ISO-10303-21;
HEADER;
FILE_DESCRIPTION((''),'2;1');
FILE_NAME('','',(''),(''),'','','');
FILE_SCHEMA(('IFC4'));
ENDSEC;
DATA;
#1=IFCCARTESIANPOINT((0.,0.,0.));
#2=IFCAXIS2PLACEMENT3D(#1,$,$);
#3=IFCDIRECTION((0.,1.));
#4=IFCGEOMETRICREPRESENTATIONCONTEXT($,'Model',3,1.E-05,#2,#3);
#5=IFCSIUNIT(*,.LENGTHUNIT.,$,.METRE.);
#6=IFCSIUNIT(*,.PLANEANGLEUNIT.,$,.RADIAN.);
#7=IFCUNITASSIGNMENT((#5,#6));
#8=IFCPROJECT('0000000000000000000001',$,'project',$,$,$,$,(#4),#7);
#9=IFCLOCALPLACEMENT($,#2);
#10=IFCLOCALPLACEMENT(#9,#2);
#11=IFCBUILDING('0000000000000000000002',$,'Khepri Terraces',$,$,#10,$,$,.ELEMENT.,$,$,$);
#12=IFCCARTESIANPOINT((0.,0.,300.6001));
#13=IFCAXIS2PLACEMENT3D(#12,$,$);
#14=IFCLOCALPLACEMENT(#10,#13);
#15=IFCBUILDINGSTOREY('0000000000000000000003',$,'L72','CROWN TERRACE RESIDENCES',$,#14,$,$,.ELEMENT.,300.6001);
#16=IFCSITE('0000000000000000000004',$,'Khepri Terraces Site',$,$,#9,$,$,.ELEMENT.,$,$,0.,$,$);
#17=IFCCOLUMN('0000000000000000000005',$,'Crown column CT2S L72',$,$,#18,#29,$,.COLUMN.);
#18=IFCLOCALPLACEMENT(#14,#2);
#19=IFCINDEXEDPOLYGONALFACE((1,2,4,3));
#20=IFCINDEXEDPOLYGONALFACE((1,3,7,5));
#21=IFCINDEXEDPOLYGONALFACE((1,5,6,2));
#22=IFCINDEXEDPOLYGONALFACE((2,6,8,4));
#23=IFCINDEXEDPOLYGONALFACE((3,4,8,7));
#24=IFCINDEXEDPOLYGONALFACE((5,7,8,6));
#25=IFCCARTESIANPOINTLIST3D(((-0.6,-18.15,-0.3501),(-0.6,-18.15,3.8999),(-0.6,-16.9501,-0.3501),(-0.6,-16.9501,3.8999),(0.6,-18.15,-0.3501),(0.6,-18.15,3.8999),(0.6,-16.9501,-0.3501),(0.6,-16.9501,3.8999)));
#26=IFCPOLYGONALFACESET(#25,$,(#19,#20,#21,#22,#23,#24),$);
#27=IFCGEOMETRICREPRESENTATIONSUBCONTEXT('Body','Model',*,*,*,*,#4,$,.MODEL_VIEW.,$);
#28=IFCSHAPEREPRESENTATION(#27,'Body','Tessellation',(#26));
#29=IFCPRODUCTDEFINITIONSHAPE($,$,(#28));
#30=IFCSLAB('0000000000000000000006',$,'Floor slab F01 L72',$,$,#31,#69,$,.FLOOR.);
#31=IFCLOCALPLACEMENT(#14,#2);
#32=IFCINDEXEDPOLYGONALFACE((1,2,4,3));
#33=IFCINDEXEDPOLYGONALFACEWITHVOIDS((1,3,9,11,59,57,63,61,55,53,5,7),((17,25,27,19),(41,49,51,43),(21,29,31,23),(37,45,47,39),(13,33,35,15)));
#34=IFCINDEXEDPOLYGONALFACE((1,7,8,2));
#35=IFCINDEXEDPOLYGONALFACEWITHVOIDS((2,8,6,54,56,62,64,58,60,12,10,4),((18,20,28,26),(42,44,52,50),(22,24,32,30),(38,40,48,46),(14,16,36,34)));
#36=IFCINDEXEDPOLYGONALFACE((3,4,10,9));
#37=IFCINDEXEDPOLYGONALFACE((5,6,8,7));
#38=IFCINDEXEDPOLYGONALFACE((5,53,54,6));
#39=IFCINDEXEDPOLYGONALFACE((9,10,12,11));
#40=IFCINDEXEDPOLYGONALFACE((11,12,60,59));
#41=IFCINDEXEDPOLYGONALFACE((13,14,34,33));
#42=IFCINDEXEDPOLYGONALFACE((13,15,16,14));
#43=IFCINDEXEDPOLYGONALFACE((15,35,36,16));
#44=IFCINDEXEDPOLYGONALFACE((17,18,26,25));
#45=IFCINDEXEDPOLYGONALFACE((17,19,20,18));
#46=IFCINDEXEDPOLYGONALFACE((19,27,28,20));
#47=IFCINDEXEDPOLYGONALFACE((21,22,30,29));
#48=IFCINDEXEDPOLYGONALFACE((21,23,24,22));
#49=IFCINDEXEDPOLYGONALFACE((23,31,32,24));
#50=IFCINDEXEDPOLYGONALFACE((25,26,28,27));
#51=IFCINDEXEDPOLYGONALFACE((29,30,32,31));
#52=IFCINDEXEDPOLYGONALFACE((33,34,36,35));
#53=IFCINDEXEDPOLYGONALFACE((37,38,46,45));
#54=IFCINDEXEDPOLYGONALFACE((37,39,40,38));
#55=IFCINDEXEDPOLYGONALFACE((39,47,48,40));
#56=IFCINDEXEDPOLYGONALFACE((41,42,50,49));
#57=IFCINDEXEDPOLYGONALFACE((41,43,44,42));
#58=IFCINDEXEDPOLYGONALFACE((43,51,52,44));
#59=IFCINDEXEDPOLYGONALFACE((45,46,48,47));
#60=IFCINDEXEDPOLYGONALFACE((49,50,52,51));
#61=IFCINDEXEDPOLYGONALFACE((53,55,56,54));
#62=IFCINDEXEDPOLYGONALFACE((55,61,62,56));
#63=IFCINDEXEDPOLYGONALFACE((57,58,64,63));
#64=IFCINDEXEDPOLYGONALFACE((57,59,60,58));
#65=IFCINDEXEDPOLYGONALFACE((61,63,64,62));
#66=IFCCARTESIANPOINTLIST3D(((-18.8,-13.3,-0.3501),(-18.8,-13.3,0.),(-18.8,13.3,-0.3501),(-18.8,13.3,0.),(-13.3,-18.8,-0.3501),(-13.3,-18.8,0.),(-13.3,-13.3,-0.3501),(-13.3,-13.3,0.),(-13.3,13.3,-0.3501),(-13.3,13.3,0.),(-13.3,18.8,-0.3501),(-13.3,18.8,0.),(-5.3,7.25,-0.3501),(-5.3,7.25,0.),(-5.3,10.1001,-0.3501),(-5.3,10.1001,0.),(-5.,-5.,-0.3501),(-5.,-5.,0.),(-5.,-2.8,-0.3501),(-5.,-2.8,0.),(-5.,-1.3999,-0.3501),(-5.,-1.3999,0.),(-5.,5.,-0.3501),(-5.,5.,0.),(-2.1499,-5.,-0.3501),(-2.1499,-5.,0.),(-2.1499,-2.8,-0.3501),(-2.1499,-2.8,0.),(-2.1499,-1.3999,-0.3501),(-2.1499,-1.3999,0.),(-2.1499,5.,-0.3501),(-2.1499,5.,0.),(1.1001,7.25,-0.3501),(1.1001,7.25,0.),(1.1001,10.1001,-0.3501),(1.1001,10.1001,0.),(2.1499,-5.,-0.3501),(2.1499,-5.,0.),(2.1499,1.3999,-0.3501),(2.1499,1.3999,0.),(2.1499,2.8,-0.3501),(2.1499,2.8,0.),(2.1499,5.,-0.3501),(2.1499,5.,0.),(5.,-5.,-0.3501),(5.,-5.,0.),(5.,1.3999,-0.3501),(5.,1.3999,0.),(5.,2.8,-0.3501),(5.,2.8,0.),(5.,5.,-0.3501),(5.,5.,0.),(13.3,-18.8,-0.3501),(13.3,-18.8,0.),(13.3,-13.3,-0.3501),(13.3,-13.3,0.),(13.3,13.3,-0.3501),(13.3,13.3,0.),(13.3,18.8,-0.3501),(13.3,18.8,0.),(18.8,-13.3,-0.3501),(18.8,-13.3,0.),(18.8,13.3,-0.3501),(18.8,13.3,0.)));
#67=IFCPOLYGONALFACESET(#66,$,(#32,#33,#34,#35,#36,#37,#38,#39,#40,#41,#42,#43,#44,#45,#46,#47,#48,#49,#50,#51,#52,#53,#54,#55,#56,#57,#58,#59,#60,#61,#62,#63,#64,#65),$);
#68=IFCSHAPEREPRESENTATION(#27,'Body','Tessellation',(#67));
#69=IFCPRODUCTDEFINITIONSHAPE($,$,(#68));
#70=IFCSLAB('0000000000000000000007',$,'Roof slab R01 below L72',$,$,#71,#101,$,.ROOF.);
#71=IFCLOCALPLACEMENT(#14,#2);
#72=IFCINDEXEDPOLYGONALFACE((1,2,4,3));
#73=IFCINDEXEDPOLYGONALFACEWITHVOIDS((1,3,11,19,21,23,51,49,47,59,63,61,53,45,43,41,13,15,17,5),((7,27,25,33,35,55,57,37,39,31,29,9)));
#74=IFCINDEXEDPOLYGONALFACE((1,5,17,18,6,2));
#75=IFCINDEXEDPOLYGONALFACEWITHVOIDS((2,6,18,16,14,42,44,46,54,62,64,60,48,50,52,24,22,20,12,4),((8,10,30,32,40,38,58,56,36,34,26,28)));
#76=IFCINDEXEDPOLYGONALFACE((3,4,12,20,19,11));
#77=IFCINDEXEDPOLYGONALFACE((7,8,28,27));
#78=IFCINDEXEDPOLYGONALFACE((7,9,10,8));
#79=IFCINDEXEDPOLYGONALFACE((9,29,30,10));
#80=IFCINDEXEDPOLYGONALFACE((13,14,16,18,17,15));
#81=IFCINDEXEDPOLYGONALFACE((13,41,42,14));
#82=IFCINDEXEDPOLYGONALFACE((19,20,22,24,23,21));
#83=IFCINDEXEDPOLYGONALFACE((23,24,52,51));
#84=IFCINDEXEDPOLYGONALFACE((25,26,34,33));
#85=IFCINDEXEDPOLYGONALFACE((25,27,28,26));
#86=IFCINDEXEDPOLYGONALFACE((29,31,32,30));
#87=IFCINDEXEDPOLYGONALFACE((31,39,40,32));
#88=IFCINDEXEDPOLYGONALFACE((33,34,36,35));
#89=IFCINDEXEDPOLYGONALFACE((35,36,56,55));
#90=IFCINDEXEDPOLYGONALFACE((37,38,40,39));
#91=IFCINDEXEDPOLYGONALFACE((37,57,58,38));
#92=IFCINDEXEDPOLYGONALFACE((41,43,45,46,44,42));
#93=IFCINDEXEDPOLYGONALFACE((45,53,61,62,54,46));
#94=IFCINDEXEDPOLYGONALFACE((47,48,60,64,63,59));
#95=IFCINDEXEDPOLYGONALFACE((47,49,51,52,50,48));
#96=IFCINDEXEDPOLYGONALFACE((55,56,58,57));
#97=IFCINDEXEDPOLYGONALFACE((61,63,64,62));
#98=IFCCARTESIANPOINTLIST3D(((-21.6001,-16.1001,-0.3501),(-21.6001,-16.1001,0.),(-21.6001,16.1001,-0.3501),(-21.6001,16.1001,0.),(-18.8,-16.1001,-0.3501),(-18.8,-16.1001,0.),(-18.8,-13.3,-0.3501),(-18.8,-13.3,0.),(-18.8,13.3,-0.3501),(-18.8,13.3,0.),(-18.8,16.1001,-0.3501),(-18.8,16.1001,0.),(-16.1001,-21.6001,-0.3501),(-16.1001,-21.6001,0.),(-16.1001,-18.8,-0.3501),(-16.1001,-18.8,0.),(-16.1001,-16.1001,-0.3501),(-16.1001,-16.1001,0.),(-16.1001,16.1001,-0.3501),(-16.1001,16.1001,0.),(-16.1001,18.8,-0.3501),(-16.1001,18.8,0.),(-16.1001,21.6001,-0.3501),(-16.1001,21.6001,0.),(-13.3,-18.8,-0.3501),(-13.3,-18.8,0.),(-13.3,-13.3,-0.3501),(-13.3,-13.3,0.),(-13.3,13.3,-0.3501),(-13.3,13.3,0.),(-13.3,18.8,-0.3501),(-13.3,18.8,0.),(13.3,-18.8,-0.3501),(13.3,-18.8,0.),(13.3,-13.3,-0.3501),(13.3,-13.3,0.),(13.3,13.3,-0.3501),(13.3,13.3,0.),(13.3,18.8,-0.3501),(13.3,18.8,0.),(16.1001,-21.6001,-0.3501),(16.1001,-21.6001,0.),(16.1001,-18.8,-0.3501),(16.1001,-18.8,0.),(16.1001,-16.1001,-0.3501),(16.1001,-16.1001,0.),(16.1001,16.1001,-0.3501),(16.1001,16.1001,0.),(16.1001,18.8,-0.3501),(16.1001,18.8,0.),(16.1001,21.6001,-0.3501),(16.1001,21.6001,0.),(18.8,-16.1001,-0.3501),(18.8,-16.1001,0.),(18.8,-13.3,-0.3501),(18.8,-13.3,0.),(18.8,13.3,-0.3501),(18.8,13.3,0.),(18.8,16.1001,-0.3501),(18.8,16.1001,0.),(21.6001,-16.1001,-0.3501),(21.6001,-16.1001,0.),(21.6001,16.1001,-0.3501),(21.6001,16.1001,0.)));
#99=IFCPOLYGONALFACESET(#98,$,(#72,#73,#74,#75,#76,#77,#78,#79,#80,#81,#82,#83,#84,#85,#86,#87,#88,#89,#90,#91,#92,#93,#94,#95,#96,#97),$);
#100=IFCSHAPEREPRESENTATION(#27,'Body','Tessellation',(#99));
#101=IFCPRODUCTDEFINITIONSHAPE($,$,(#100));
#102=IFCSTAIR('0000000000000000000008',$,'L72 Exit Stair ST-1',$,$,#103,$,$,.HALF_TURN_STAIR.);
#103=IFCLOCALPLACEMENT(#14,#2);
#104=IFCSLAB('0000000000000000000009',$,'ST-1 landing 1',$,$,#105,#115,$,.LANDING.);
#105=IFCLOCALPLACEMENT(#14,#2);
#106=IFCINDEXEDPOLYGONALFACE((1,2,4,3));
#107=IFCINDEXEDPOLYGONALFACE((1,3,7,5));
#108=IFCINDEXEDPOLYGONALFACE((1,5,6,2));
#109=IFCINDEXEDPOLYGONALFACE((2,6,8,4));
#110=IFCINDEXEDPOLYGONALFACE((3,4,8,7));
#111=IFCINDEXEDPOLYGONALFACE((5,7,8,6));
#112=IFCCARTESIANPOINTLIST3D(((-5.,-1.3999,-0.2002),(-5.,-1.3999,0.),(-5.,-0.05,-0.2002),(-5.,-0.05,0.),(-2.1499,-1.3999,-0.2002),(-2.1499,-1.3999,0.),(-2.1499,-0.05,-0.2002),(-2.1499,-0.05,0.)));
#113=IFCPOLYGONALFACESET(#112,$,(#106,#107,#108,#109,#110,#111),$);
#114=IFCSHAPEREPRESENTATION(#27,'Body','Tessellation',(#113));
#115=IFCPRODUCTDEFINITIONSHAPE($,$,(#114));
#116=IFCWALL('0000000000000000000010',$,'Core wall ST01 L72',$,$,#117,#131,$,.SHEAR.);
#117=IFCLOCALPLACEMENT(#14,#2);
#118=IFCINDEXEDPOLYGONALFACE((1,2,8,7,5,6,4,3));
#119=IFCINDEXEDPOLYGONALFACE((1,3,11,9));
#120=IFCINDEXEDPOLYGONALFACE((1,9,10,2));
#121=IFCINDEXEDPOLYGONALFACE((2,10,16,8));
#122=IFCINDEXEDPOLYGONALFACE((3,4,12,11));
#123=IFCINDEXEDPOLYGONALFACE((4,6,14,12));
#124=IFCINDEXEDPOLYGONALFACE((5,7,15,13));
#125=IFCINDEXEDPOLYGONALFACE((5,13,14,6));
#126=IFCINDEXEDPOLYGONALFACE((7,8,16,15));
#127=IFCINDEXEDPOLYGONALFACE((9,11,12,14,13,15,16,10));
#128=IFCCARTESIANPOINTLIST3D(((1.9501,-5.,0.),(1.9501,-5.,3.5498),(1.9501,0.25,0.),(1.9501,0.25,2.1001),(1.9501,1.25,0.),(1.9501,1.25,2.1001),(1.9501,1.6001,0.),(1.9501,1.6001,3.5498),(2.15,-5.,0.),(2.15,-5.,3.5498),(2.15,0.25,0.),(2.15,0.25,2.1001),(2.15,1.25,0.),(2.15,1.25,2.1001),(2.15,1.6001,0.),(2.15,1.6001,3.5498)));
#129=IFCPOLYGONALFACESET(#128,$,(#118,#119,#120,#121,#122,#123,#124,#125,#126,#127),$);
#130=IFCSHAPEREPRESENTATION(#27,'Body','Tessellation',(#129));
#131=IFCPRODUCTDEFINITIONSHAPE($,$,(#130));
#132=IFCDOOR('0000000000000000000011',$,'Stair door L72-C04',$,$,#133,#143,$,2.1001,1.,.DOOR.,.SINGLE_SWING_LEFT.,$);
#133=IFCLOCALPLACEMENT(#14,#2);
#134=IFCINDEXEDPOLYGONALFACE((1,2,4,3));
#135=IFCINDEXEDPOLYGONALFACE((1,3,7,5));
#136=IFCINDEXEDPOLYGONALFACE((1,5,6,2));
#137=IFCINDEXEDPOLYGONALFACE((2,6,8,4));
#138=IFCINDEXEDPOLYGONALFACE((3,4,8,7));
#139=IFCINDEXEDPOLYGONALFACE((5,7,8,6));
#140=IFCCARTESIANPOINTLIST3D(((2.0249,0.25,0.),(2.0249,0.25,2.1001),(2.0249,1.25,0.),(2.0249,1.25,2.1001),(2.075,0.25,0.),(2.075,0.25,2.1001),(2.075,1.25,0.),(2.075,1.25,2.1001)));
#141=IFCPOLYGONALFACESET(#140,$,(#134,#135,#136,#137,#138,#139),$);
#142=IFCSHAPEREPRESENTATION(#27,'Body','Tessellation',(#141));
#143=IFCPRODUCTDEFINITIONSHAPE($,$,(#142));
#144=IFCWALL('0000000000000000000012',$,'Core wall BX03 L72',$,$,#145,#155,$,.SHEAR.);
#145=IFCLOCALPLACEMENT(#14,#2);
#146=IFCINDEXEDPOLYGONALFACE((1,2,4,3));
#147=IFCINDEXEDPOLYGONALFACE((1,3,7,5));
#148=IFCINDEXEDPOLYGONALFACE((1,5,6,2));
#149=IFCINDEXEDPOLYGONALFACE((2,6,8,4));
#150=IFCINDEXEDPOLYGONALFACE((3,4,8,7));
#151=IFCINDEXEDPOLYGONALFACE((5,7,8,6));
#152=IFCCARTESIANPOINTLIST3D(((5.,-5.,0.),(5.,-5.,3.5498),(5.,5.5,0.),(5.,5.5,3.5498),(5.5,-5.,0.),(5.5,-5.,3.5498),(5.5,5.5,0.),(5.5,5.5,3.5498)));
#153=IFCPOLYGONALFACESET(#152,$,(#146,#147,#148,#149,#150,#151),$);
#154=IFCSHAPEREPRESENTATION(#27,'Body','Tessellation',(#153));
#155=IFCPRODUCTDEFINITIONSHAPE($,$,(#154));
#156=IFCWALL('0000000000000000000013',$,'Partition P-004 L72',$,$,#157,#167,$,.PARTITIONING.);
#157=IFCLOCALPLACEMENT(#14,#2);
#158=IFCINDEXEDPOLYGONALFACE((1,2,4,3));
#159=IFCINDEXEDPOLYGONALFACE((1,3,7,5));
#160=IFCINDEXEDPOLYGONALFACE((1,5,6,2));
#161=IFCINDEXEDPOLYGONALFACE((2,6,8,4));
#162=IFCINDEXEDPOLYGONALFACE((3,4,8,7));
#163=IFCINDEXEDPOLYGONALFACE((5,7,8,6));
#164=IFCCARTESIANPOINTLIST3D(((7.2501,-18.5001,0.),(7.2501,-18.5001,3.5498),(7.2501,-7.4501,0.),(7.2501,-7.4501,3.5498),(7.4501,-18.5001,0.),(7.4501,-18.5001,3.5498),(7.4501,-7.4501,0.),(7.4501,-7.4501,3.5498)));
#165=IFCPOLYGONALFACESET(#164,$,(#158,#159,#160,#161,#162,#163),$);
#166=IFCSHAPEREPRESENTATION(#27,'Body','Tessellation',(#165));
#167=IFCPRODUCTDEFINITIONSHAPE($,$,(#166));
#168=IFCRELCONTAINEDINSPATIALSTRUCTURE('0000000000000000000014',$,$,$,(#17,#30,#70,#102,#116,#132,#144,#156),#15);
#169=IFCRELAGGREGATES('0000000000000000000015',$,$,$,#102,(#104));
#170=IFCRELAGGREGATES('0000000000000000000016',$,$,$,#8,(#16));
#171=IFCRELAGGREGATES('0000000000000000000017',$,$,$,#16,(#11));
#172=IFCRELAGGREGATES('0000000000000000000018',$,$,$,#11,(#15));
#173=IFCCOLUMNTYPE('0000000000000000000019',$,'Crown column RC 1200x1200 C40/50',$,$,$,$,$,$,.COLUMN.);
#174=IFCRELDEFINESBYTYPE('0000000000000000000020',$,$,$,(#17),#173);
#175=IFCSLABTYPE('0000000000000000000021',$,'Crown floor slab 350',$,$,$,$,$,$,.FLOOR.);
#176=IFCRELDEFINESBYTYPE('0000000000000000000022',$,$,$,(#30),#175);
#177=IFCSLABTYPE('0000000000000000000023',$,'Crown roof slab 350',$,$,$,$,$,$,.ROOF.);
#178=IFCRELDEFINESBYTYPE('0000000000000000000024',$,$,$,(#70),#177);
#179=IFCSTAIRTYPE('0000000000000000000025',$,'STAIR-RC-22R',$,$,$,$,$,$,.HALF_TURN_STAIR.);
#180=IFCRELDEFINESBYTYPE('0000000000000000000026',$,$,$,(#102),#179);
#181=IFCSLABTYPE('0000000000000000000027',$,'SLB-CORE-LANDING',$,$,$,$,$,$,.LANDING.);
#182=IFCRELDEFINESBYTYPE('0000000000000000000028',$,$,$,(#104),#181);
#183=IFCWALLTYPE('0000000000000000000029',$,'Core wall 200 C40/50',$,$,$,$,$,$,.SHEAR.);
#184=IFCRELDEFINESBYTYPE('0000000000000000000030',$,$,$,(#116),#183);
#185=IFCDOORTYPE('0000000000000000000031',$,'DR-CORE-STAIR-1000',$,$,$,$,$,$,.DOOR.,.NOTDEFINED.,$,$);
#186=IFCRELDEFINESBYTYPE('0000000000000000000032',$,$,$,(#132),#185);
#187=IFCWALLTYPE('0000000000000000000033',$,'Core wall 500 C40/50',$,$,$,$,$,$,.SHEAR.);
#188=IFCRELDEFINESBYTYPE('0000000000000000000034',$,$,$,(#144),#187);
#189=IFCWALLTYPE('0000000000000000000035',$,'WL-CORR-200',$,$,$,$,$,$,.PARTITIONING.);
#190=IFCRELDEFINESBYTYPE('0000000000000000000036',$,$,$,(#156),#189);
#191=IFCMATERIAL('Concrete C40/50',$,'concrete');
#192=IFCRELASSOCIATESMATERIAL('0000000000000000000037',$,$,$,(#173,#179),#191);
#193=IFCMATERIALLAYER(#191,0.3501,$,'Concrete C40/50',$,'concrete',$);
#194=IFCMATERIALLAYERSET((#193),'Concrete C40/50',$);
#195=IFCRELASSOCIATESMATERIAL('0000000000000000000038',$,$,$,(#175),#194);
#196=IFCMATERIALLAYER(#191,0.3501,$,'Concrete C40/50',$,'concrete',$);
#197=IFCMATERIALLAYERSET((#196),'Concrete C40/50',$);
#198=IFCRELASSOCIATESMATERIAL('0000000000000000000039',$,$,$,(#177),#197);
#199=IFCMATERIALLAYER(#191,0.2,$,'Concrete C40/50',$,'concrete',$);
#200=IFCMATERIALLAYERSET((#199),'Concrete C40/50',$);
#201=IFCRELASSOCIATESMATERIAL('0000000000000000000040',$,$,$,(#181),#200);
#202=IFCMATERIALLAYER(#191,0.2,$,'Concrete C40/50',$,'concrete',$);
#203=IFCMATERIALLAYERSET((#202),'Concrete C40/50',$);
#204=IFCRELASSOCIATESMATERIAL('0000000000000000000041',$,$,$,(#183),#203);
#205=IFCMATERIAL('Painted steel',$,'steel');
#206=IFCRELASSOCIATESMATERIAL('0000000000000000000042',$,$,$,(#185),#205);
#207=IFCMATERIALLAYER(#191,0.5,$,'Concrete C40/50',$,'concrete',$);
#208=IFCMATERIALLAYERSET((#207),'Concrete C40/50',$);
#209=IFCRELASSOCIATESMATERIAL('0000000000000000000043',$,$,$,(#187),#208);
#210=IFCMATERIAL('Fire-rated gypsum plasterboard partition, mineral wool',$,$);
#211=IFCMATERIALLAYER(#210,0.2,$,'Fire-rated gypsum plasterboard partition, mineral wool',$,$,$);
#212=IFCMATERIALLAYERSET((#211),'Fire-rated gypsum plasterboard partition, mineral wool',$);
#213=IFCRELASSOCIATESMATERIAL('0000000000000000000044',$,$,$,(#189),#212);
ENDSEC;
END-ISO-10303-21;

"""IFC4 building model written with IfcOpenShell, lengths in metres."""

from ifc_helpers import new_model, si_unit, direction, frame, frame_2d, origin, origin_2d, place, context, subcontext, project, spatial, polyline, rectangle, outline, extrude, material, layer, layer_set, material_profile, profile_set, type_object, element, fill, aggregate, save


model = new_model("IFC4")

# Units and contexts
model_context = context("Model", 3, precision=1e-05, world=origin(), true_north=direction((0.0, 1.0)))
body_context = subcontext(model_context, "Body", "Model", "MODEL_VIEW")
ifc_project = project(units=[si_unit("LENGTHUNIT", "METRE"), si_unit("PLANEANGLEUNIT", "RADIAN")], contexts=[model_context])

# Site, building, storey
site_placement = place(None, origin())
site = spatial("IfcSite", under=ifc_project, at=site_placement, Name="Khepri Terraces Site", CompositionType="ELEMENT", RefElevation=0.0)
building_placement = place(site_placement, origin())
building = spatial("IfcBuilding", under=site, at=building_placement, Name="Khepri Terraces", CompositionType="ELEMENT")
storey_placement = place(building_placement, frame((0.0, 0.0, 300.6001)))
storey = spatial("IfcBuildingStorey", under=building, at=storey_placement, Name="L72", Description="CROWN TERRACE RESIDENCES", CompositionType="ELEMENT", Elevation=300.6001)

# Column
ifc_material_1 = material(Name="Concrete C40/50", Category="concrete")
ifc_material_profile = material_profile(ifc_material_1, rectangle(XDim=1.2, YDim=1.2, at=origin_2d()), Name="Concrete C40/50", Category="concrete")
ifc_profile_set = profile_set([ifc_material_profile], Name="Concrete C40/50")
column_type = type_object("IfcColumnType", Name="Crown column RC 1200x1200 C40/50", PredefinedType="COLUMN", material=ifc_profile_set)
column_placement = place(storey_placement, frame((0.0, -17.55, -0.3501), z_axis=(0.0, 0.0, 1.0), x_axis=(1.0, 0.0, 0.0)))
element("IfcColumn", 1, at=column_placement, inside=storey, type_object=column_type, Name="Crown column CT2S L72", PredefinedType="COLUMN", context=body_context, shape_type="SweptSolid", body=[
    extrude(rectangle(XDim=1.2, YDim=1.2, at=origin_2d()), origin(), (0.0, 0.0, 1.0), 4.25),
])

# Slabs
ifc_layer_1 = layer(ifc_material_1, 0.3501, Name="Concrete C40/50", Category="concrete")
ifc_layer_set_1 = layer_set([ifc_layer_1], Name="Concrete C40/50")
slab_type_1 = type_object("IfcSlabType", Name="Crown floor slab 350", PredefinedType="FLOOR", material=ifc_layer_set_1)
slab_1_placement = place(storey_placement, frame((0.0, 0.0, -0.3501)))
element("IfcSlab", 2, at=slab_1_placement, inside=storey, type_object=slab_type_1, Name="Floor slab F01 L72", PredefinedType="FLOOR", context=body_context, shape_type="SweptSolid", body=[
    extrude(outline(polyline([(-18.8, -13.3), (-18.8, 13.3), (-13.3, 13.3), (-13.3, 18.8), (13.3, 18.8), (13.3, 13.3), (18.8, 13.3), (18.8, -13.3), (13.3, -13.3), (13.3, -18.8), (-13.3, -18.8), (-13.3, -13.3), (-18.8, -13.3)]), holes=[polyline([(5.0, 5.0), (2.1499, 5.0), (2.1499, 2.8), (5.0, 2.8), (5.0, 5.0)]), polyline([(-2.1499, -5.0), (-2.1499, -2.8), (-5.0, -2.8), (-5.0, -5.0), (-2.1499, -5.0)]), polyline([(-5.0, -1.3999), (-2.1499, -1.3999), (-2.1499, 5.0), (-5.0, 5.0), (-5.0, -1.3999)]), polyline([(5.0, -5.0), (5.0, 1.3999), (2.1499, 1.3999), (2.1499, -5.0), (5.0, -5.0)]), polyline([(-5.3, 10.1001), (-5.3, 7.25), (1.1001, 7.25), (1.1001, 10.1001), (-5.3, 10.1001)])]), origin(), (0.0, 0.0, 1.0), 0.3501),
])
ifc_layer_2 = layer(ifc_material_1, 0.3501, Name="Concrete C40/50", Category="concrete")
ifc_layer_set_2 = layer_set([ifc_layer_2], Name="Concrete C40/50")
slab_type_2 = type_object("IfcSlabType", Name="Crown roof slab 350", PredefinedType="ROOF", material=ifc_layer_set_2)
slab_2_placement = place(storey_placement, frame((0.0, 0.0, -0.3501)))
element("IfcSlab", 3, at=slab_2_placement, inside=storey, type_object=slab_type_2, Name="Roof slab R01 below L72", PredefinedType="ROOF", context=body_context, shape_type="SweptSolid", body=[
    extrude(outline(polyline([(-16.1001, -16.1001), (-18.8, -16.1001), (-21.6001, -16.1001), (-21.6001, 16.1001), (-18.8, 16.1001), (-16.1001, 16.1001), (-16.1001, 18.8), (-16.1001, 21.6001), (16.1001, 21.6001), (16.1001, 18.8), (16.1001, 16.1001), (18.8, 16.1001), (21.6001, 16.1001), (21.6001, -16.1001), (18.8, -16.1001), (16.1001, -16.1001), (16.1001, -18.8), (16.1001, -21.6001), (-16.1001, -21.6001), (-16.1001, -18.8), (-16.1001, -16.1001)]), holes=[polyline([(-18.8, -13.3), (-13.3, -13.3), (-13.3, -18.8), (13.3, -18.8), (13.3, -13.3), (18.8, -13.3), (18.8, 13.3), (13.3, 13.3), (13.3, 18.8), (-13.3, 18.8), (-13.3, 13.3), (-18.8, 13.3), (-18.8, -13.3)])]), origin(), (0.0, 0.0, 1.0), 0.3501),
])

# Stair, slab
stair_type = type_object("IfcStairType", Name="STAIR-RC-22R", PredefinedType="HALF_TURN_STAIR", material=ifc_material_1)
stair_1_placement = place(storey_placement, origin())
stair_1 = element("IfcStair", 4, at=stair_1_placement, inside=storey, type_object=stair_type, Name="L72 Exit Stair ST-1", PredefinedType="HALF_TURN_STAIR")
ifc_layer_3 = layer(ifc_material_1, 0.2, Name="Concrete C40/50", Category="concrete")
ifc_layer_set_3 = layer_set([ifc_layer_3], Name="Concrete C40/50")
slab_type_3 = type_object("IfcSlabType", Name="SLB-CORE-LANDING", PredefinedType="LANDING", material=ifc_layer_set_3)
slab_3_placement = place(storey_placement, frame((0.0, 0.0, -0.2002)))
slab_3 = element("IfcSlab", 5, at=slab_3_placement, type_object=slab_type_3, Name="ST-1 landing 1", PredefinedType="LANDING", context=body_context, shape_type="SweptSolid", body=[
    extrude(outline(polyline([(-2.1499, -1.3999), (-2.1499, -0.05), (-5.0, -0.05), (-5.0, -1.3999), (-2.1499, -1.3999)])), origin(), (0.0, 0.0, 1.0), 0.2002),
])
aggregate(stair_1, [slab_3])

# Wall, opening, door
ifc_layer_4 = layer(ifc_material_1, 0.2, Name="Concrete C40/50", Category="concrete")
ifc_layer_set_4 = layer_set([ifc_layer_4], Name="Concrete C40/50")
wall_type_1 = type_object("IfcWallType", Name="Core wall 200 C40/50", PredefinedType="SHEAR", material=ifc_layer_set_4)
wall_1_placement = place(storey_placement, frame((2.05, -5.0, 0.0), z_axis=(0.0, 0.0, 1.0), x_axis=(0.0, 1.0, 0.0)))
wall_1 = element("IfcWall", 6, at=wall_1_placement, inside=storey, type_object=wall_type_1, Name="Core wall ST01 L72", PredefinedType="SHEAR", context=body_context, shape_type="SweptSolid", body=[
    extrude(rectangle(XDim=6.6001, YDim=0.2, at=frame_2d((3.3, 0.0))), origin(), (0.0, 0.0, 1.0), 3.5498),
])
opening_1_placement = place(wall_1_placement, frame((5.25, 0.0, 0.0)))
opening_1 = element("IfcOpeningElement", 7, at=opening_1_placement, cuts=wall_1, PredefinedType="OPENING", context=body_context, shape_type="SweptSolid", body=[
    extrude(rectangle(XDim=1.0, YDim=2.1001, at=frame_2d((0.5, 1.05))), frame((0.0, 0.1099, 0.0), z_axis=(0.0, -1.0, 0.0), x_axis=(1.0, 0.0, 0.0)), (0.0, 0.0, 1.0), 0.22),
])
ifc_material_2 = material(Name="Painted steel", Category="steel")
door_type_1 = type_object("IfcDoorType", Name="DR-CORE-STAIR-1000", OperationType="NOTDEFINED", PredefinedType="DOOR", material=ifc_material_2)
door_1_placement = place(opening_1_placement, frame((1.0, 0.0, 0.0), z_axis=(0.0, 0.0, 1.0), x_axis=(-1.0, 0.0, 0.0)))
door_1 = element("IfcDoor", 8, at=door_1_placement, inside=storey, type_object=door_type_1, Name="Stair door L72-C04", OperationType="SINGLE_SWING_LEFT", OverallHeight=2.1001, OverallWidth=1.0, PredefinedType="DOOR", context=body_context, shape_type="SweptSolid", body=[
    extrude(rectangle(XDim=1.0, YDim=2.1001, at=frame_2d((0.5, 1.05))), frame((0.0, 0.0249, 0.0), z_axis=(0.0, -1.0, 0.0), x_axis=(1.0, 0.0, 0.0)), (0.0, 0.0, 1.0), 0.05),
])
fill(opening_1, door_1)

# Walls
ifc_layer_5 = layer(ifc_material_1, 0.5, Name="Concrete C40/50", Category="concrete")
ifc_layer_set_5 = layer_set([ifc_layer_5], Name="Concrete C40/50")
wall_type_2 = type_object("IfcWallType", Name="Core wall 500 C40/50", PredefinedType="SHEAR", material=ifc_layer_set_5)
wall_2_placement = place(storey_placement, frame((5.25, -5.0, 0.0), z_axis=(0.0, 0.0, 1.0), x_axis=(0.0, 1.0, 0.0)))
element("IfcWall", 9, at=wall_2_placement, inside=storey, type_object=wall_type_2, Name="Core wall BX03 L72", PredefinedType="SHEAR", context=body_context, shape_type="SweptSolid", body=[
    extrude(rectangle(XDim=10.5, YDim=0.5, at=frame_2d((5.25, 0.0))), origin(), (0.0, 0.0, 1.0), 3.5498),
])
ifc_material_3 = material(Name="Fire-rated gypsum plasterboard partition, mineral wool")
ifc_layer_6 = layer(ifc_material_3, 0.2, Name="Fire-rated gypsum plasterboard partition, mineral wool")
ifc_layer_set_6 = layer_set([ifc_layer_6], Name="Fire-rated gypsum plasterboard partition, mineral wool")
wall_type_3 = type_object("IfcWallType", Name="WL-CORR-200", PredefinedType="PARTITIONING", material=ifc_layer_set_6)
wall_3_placement = place(storey_placement, frame((7.3501, -18.5, 0.0), z_axis=(0.0, 0.0, 1.0), x_axis=(0.0, 1.0, 0.0)))
element("IfcWall", 10, at=wall_3_placement, inside=storey, type_object=wall_type_3, Name="Partition P-004 L72", PredefinedType="PARTITIONING", context=body_context, shape_type="SweptSolid", body=[
    extrude(rectangle(XDim=11.05, YDim=0.2, at=frame_2d((5.5249, 0.0))), origin(), (0.0, 0.0, 1.0), 3.5498),
])

save(model, "model.ifc")
